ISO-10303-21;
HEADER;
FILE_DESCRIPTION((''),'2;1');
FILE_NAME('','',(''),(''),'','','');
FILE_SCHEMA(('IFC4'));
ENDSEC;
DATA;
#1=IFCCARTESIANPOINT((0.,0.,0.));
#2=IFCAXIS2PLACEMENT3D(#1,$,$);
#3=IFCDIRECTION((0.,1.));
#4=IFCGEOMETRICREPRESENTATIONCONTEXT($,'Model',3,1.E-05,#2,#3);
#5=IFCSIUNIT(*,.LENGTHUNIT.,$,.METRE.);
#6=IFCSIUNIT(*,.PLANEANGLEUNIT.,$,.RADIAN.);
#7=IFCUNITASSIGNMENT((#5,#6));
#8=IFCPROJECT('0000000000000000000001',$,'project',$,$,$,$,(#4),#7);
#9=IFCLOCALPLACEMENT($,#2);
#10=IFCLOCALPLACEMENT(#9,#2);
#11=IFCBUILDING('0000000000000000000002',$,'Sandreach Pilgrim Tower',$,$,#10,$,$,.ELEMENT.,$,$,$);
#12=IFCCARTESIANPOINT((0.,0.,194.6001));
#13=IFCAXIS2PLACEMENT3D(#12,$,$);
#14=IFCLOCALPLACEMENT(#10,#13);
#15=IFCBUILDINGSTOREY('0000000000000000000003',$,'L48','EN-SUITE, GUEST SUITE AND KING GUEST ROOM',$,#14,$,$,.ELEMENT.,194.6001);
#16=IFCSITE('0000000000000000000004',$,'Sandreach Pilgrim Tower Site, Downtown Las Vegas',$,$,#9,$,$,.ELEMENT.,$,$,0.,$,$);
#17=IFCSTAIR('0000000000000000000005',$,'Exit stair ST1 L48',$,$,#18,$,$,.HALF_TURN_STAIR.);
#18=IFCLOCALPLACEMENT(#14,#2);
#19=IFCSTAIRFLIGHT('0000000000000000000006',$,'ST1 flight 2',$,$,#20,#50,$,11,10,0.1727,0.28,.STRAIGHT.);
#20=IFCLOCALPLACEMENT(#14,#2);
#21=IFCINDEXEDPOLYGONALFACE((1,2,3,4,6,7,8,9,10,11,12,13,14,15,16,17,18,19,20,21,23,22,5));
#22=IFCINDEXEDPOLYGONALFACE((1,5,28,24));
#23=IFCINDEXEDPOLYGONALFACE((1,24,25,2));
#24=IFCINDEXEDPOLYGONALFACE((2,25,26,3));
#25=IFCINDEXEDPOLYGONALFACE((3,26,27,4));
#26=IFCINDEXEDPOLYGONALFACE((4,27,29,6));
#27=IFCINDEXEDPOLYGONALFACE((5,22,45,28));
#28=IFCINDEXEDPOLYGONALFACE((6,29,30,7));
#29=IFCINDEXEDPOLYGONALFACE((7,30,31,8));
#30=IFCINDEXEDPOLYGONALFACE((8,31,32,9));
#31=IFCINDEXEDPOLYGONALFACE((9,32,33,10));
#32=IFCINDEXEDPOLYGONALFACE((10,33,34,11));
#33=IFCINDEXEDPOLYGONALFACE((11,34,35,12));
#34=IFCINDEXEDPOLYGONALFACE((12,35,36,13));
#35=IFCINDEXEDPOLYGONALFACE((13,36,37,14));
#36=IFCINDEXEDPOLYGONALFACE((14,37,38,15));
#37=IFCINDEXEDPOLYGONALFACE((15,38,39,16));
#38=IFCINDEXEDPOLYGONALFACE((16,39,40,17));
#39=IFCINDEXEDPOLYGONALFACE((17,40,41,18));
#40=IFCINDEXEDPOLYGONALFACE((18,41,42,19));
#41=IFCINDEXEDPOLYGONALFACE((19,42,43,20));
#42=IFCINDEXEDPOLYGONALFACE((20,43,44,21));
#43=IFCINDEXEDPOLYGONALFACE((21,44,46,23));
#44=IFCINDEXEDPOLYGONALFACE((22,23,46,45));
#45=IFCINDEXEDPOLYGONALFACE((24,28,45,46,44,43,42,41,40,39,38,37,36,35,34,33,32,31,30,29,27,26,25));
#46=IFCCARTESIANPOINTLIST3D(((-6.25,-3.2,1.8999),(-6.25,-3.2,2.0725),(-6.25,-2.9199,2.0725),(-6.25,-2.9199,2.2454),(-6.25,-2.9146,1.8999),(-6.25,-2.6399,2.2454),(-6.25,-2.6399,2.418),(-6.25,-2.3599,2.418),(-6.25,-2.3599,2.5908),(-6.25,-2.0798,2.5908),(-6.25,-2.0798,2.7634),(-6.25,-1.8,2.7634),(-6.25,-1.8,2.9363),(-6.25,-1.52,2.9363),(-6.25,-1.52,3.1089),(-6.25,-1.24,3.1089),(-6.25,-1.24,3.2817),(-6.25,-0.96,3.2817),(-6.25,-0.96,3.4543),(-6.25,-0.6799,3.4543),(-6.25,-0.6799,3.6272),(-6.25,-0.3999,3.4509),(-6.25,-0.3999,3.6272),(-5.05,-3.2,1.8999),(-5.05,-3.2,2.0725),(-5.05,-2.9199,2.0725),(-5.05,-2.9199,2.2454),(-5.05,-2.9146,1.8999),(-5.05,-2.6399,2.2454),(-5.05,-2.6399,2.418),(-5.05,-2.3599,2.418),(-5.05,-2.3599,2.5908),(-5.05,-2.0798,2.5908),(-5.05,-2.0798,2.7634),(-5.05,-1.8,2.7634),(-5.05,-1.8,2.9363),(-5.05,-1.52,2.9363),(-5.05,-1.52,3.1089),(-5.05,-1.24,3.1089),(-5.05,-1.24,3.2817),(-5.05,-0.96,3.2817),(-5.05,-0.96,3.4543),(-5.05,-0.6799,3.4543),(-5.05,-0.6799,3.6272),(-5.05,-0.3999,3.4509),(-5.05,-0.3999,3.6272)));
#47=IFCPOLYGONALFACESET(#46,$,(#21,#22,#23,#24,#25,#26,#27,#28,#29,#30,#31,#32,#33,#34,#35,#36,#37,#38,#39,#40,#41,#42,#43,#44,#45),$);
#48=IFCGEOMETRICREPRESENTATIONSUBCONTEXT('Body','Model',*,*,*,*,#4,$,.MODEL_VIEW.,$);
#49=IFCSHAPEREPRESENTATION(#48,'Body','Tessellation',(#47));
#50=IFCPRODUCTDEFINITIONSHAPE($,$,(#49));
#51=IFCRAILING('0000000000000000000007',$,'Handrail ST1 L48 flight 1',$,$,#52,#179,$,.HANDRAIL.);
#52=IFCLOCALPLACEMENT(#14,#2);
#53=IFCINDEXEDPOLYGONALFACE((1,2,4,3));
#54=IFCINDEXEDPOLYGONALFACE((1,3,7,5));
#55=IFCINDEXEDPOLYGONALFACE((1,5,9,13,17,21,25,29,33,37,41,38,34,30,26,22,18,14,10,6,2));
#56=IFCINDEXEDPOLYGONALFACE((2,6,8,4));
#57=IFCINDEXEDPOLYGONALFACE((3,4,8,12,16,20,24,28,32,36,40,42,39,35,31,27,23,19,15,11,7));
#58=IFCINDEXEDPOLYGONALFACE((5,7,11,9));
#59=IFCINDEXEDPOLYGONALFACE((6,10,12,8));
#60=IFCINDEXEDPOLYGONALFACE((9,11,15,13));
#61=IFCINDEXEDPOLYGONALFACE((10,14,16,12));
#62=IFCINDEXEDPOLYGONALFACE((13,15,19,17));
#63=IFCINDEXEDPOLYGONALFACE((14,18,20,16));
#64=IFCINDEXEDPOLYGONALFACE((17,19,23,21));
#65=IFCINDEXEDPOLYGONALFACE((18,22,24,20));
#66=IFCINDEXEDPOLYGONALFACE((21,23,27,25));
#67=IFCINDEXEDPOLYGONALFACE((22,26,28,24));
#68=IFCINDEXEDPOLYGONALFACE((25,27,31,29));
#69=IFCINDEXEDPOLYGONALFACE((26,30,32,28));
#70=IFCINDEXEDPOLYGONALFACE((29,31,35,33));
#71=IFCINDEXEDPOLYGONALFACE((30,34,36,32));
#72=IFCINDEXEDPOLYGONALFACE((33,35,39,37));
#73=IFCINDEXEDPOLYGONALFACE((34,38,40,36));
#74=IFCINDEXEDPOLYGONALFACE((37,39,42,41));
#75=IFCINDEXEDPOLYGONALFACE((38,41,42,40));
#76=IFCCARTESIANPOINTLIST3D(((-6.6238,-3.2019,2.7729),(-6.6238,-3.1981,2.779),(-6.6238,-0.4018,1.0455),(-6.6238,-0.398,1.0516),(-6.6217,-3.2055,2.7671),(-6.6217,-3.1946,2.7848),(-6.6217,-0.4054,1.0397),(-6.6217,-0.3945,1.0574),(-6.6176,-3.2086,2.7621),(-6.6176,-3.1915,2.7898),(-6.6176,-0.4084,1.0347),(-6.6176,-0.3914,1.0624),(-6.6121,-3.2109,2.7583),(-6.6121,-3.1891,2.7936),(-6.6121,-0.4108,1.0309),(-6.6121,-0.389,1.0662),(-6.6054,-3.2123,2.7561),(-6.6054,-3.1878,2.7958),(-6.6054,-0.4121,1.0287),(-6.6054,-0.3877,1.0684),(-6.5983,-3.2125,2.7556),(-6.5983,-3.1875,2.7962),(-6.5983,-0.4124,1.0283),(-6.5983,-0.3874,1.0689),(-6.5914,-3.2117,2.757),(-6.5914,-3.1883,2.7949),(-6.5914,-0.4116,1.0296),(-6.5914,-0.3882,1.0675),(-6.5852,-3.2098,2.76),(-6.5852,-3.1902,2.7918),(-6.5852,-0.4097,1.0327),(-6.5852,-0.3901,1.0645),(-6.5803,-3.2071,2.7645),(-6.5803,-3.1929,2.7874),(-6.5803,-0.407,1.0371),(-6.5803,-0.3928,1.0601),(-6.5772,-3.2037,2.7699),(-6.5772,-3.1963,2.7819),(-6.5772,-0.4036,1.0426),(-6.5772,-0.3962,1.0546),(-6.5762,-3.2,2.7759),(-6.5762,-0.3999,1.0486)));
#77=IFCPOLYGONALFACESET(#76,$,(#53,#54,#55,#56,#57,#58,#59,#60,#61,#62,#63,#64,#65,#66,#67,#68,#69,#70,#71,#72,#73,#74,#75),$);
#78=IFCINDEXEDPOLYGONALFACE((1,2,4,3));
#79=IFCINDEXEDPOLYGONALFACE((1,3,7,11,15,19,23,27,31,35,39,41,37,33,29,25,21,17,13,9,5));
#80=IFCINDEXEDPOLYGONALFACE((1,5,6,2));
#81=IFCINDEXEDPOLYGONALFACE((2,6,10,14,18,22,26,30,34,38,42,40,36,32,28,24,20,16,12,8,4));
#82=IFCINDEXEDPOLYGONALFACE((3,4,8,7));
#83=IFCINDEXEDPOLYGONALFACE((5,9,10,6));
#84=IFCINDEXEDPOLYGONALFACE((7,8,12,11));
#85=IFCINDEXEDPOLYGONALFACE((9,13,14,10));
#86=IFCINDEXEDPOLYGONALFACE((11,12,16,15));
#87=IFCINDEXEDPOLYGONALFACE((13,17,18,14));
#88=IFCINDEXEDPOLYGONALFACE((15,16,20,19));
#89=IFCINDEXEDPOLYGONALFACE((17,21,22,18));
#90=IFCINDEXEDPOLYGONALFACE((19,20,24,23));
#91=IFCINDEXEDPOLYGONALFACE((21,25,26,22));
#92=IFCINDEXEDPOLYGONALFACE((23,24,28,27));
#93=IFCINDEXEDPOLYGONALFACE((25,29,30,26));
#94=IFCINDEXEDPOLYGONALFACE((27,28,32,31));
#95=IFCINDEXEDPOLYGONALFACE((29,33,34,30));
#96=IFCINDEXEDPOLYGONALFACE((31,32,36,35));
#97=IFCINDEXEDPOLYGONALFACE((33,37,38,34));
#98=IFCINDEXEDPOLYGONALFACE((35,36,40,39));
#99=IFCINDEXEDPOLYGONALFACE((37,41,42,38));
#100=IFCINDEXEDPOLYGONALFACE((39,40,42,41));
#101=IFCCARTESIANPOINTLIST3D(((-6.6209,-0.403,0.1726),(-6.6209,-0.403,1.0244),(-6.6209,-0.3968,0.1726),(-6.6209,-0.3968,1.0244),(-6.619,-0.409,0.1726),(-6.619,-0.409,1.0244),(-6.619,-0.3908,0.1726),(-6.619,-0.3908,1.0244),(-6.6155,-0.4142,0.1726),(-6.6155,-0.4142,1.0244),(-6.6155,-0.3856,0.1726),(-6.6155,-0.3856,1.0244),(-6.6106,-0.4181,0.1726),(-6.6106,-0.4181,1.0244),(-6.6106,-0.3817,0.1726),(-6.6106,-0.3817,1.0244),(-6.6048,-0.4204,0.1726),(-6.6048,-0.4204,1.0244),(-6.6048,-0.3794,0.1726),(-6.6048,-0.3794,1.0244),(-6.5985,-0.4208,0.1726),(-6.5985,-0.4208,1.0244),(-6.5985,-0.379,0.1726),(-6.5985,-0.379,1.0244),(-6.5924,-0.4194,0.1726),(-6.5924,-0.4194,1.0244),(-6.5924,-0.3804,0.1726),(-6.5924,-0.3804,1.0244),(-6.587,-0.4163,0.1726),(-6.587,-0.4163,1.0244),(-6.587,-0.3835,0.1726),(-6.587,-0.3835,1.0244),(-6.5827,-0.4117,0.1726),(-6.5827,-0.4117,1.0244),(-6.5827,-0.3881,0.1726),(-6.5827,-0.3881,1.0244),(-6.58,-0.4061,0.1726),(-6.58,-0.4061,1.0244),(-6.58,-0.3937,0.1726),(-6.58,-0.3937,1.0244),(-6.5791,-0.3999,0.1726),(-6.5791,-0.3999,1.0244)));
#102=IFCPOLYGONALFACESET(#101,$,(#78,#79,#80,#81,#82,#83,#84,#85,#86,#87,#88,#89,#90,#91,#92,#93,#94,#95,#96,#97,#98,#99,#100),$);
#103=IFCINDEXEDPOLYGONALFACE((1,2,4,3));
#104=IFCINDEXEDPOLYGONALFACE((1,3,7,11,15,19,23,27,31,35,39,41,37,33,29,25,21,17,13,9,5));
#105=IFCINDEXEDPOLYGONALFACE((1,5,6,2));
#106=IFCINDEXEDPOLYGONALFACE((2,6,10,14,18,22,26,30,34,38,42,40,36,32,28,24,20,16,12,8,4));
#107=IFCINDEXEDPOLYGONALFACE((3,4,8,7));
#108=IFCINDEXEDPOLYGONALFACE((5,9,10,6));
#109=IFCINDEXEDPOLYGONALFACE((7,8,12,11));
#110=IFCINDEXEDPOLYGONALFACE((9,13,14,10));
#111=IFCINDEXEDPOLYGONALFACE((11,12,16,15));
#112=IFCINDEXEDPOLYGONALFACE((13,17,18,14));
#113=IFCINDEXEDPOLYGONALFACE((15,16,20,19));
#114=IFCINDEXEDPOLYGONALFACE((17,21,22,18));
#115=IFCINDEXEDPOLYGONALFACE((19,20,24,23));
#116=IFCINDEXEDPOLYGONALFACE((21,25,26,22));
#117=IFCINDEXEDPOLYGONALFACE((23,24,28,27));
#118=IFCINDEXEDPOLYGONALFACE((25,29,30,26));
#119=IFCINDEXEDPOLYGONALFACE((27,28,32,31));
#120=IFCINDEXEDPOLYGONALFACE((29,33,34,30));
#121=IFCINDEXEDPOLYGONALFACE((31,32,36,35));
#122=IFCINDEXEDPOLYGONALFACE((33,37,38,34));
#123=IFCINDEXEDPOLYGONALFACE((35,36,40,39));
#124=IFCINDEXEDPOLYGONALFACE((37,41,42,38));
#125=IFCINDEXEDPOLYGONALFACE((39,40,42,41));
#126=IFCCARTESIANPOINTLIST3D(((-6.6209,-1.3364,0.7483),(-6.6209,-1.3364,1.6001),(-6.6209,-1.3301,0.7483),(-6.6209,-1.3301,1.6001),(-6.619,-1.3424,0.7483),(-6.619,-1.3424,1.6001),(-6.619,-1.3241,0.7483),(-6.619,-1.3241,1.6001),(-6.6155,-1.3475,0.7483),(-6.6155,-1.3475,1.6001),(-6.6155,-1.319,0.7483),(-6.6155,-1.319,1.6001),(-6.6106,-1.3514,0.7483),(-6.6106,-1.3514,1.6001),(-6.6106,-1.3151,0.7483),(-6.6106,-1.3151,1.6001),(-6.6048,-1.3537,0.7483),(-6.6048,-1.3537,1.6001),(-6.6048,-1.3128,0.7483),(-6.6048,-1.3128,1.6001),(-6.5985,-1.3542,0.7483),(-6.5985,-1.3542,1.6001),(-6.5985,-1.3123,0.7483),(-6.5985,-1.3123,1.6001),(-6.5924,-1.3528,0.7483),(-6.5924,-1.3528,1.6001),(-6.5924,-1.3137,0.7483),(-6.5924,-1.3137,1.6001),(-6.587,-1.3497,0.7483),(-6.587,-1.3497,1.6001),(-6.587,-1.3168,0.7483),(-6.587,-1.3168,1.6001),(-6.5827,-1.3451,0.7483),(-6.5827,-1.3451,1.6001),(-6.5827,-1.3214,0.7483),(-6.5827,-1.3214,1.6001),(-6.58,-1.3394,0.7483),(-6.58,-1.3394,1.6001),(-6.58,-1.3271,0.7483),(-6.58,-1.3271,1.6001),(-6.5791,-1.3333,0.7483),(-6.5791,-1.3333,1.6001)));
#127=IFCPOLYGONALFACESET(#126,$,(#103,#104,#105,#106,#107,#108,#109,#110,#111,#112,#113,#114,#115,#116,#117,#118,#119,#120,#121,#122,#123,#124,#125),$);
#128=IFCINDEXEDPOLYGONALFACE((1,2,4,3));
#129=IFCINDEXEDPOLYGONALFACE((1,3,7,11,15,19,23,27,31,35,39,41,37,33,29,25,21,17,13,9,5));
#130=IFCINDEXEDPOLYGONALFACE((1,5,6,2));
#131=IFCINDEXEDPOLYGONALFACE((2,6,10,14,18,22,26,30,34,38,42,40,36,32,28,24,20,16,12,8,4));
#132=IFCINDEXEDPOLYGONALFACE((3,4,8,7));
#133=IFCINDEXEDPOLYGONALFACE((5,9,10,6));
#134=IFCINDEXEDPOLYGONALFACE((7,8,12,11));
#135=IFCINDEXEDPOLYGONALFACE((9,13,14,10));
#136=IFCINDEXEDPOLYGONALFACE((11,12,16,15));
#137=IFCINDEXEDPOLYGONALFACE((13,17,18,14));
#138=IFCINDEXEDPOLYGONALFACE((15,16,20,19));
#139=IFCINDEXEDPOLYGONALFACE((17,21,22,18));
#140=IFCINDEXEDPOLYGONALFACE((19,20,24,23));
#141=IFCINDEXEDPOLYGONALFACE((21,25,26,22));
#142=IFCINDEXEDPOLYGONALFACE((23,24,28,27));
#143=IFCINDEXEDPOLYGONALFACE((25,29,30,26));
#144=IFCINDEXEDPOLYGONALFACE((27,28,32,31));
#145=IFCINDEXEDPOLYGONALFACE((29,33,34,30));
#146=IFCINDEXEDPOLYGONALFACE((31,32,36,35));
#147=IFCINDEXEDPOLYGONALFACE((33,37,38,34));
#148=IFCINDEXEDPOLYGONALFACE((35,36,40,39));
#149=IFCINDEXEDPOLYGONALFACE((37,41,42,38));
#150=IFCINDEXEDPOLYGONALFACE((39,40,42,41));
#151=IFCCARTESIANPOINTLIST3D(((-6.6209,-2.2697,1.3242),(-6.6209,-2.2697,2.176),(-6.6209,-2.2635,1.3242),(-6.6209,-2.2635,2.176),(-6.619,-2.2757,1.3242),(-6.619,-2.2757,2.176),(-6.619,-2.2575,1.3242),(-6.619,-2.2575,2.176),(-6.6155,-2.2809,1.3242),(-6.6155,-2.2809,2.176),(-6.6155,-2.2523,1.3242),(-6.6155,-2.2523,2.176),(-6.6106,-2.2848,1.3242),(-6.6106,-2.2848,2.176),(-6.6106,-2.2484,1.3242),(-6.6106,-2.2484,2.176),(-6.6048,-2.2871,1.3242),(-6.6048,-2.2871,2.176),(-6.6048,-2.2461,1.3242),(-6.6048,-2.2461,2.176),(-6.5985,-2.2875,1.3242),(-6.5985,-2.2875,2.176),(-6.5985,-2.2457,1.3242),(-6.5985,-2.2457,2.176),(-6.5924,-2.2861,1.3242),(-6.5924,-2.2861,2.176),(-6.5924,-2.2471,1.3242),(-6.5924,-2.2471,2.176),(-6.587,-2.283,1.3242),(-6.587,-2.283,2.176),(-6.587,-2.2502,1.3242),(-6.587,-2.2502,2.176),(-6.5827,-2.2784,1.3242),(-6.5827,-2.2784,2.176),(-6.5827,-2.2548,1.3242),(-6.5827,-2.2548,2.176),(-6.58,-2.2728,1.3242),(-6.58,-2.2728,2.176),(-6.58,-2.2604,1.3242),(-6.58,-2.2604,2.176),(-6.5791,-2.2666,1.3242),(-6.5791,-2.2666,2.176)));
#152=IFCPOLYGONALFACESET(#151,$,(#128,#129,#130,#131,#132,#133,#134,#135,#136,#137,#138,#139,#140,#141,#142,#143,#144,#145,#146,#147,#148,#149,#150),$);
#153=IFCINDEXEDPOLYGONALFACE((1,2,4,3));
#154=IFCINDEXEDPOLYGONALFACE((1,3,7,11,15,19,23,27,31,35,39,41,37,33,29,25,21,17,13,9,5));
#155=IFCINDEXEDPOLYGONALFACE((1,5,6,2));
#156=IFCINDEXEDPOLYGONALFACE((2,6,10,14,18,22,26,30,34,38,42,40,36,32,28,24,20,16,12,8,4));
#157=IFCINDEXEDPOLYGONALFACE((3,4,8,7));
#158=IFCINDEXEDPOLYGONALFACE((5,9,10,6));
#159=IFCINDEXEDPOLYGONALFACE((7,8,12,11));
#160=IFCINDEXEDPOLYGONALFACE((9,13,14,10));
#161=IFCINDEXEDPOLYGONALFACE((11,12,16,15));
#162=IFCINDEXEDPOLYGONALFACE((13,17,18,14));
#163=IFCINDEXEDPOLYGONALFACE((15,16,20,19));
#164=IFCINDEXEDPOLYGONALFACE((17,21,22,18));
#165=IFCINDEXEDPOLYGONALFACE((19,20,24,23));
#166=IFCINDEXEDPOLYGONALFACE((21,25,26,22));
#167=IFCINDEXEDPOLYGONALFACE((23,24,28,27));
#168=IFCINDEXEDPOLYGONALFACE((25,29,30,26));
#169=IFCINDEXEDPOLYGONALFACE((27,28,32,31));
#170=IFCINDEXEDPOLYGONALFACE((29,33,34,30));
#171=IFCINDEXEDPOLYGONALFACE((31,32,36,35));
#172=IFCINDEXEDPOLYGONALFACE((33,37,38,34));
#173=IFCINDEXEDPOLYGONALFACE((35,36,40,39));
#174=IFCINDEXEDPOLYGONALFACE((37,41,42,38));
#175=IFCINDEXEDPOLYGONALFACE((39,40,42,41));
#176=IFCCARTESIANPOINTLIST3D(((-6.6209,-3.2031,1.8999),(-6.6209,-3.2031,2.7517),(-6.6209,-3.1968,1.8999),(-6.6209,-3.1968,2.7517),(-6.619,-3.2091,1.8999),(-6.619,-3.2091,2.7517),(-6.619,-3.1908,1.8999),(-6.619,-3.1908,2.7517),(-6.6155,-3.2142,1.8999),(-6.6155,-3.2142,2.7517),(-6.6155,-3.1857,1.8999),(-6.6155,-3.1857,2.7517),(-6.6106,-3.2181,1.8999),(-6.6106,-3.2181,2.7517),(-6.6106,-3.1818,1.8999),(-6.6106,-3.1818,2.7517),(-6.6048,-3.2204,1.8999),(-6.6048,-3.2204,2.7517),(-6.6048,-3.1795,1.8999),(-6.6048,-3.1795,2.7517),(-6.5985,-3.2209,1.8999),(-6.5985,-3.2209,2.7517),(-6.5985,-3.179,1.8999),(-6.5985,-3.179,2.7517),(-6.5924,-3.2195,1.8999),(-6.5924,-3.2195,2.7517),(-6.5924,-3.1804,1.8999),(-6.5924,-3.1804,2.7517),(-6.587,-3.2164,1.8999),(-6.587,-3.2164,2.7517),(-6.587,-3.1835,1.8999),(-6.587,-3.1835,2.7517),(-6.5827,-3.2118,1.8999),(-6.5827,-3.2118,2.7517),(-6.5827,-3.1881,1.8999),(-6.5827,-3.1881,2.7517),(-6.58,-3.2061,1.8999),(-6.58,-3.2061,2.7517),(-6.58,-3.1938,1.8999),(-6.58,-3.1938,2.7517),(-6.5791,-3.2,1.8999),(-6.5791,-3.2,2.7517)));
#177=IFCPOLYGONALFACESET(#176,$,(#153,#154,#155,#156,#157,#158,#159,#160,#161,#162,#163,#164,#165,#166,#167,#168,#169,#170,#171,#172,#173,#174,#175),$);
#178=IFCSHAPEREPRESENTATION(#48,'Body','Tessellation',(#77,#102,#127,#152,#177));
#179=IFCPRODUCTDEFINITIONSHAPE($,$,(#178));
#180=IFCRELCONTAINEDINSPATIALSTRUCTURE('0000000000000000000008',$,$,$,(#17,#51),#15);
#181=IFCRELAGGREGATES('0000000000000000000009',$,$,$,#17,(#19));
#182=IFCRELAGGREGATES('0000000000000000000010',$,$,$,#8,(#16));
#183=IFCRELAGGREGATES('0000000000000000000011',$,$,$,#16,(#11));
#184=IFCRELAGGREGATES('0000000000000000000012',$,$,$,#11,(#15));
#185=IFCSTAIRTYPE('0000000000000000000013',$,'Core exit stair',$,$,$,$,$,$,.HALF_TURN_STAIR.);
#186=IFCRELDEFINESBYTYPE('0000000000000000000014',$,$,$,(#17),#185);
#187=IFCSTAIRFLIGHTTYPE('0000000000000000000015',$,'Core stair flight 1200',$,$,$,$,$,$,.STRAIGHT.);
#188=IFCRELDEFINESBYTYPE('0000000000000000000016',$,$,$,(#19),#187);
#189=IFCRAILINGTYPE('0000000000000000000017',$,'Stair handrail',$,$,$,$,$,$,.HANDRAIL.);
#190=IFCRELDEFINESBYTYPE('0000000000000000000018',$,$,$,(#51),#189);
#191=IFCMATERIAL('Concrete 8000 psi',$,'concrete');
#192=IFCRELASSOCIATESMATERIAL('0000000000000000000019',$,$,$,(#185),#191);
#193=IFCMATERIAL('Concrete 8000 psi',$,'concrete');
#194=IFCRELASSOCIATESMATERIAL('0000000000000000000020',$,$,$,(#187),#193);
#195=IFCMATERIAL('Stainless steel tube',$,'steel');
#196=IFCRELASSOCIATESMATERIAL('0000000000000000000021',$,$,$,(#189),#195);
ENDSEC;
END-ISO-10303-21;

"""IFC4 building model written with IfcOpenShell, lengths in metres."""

from ifc_helpers import new_model, si_unit, direction, frame, origin, origin_2d, place, context, subcontext, project, spatial, polyline, circle, outline, extrude, material, type_object, element, aggregate, save


model = new_model("IFC4")

# Units and contexts
model_context = context("Model", 3, precision=1e-05, world=origin(), true_north=direction((0.0, 1.0)))
body_context = subcontext(model_context, "Body", "Model", "MODEL_VIEW")
ifc_project = project(units=[si_unit("LENGTHUNIT", "METRE"), si_unit("PLANEANGLEUNIT", "RADIAN")], contexts=[model_context])

# Site, building, storey
site_placement = place(None, origin())
site = spatial("IfcSite", under=ifc_project, at=site_placement, Name="Sandreach Pilgrim Tower Site, Downtown Las Vegas", CompositionType="ELEMENT", RefElevation=0.0)
building_placement = place(site_placement, origin())
building = spatial("IfcBuilding", under=site, at=building_placement, Name="Sandreach Pilgrim Tower", CompositionType="ELEMENT")
storey_placement = place(building_placement, frame((0.0, 0.0, 194.6001)))
storey = spatial("IfcBuildingStorey", under=building, at=storey_placement, Name="L48", Description="EN-SUITE, GUEST SUITE AND KING GUEST ROOM", CompositionType="ELEMENT", Elevation=194.6001)

# Stair, stair flight
ifc_material_1 = material(Name="Concrete 8000 psi", Category="concrete")
stair_type = type_object("IfcStairType", Name="Core exit stair", PredefinedType="HALF_TURN_STAIR", material=ifc_material_1)
stair_placement = place(storey_placement, origin())
stair = element("IfcStair", 1, at=stair_placement, inside=storey, type_object=stair_type, Name="Exit stair ST1 L48", PredefinedType="HALF_TURN_STAIR")
ifc_material_2 = material(Name="Concrete 8000 psi", Category="concrete")
stair_flight_type = type_object("IfcStairFlightType", Name="Core stair flight 1200", PredefinedType="STRAIGHT", material=ifc_material_2)
stair_flight_1_placement = place(storey_placement, frame((-5.6499, -3.2, 1.8999), z_axis=(0.0, 0.0, 1.0), x_axis=(0.0, 1.0, 0.0)))
stair_flight_1 = element("IfcStairFlight", 2, at=stair_flight_1_placement, type_object=stair_flight_type, Name="ST1 flight 2", NumberOfRisers=11, NumberOfTreads=10, PredefinedType="STRAIGHT", RiserHeight=0.1727, TreadLength=0.28, context=body_context, shape_type="SweptSolid", body=[
    extrude(outline(polyline([(0.0, 0.0), (0.0, 0.1726), (0.28, 0.1726), (0.28, 0.3455), (0.5601, 0.3455), (0.5601, 0.5181), (0.8401, 0.5181), (0.8401, 0.6909), (1.1201, 0.6909), (1.1201, 0.8635), (1.3999, 0.8635), (1.3999, 1.0364), (1.6799, 1.0364), (1.6799, 1.209), (1.96, 1.209), (1.96, 1.3818), (2.24, 1.3818), (2.24, 1.5544), (2.52, 1.5544), (2.52, 1.7273), (2.8, 1.7273), (2.8, 1.8999), (2.8, 1.551), (0.2854, 0.0), (0.0, 0.0)])), frame((0.0, 0.6001, 0.0), z_axis=(0.0, -1.0, 0.0), x_axis=(1.0, 0.0, 0.0)), (0.0, 0.0, 1.0), 1.2),
])
aggregate(stair, [stair_flight_1])

# Railing
ifc_material_3 = material(Name="Stainless steel tube", Category="steel")
railing_type = type_object("IfcRailingType", Name="Stair handrail", PredefinedType="HANDRAIL", material=ifc_material_3)
for number, where, name in (
    (3, (-6.6001, -0.3999, 0.1726), "Handrail ST1 L48 flight 1"),
):
    element("IfcRailing", number, at=place(storey_placement, frame(where)), inside=storey, type_object=railing_type, Name=name, PredefinedType="HANDRAIL", context=body_context, shape_type="SweptSolid", body=[
        extrude(circle(Radius=0.0239, at=origin_2d()), frame((0.0, 0.0, 0.876), z_axis=(0.0, -0.85109, 0.52502), x_axis=(1.0, 0.0, 0.0)), (0.0, 0.0, 1.0), 3.29),
        extrude(circle(Radius=0.021, at=origin_2d()), origin(), (0.0, 0.0, 1.0), 0.8518),
        extrude(circle(Radius=0.021, at=origin_2d()), frame((0.0, -0.9333, 0.5757)), (0.0, 0.0, 1.0), 0.8518),
        extrude(circle(Radius=0.021, at=origin_2d()), frame((0.0, -1.8667, 1.1516)), (0.0, 0.0, 1.0), 0.8518),
        extrude(circle(Radius=0.021, at=origin_2d()), frame((0.0, -2.8, 1.7273)), (0.0, 0.0, 1.0), 0.8518),
    ])

save(model, "model.ifc")
